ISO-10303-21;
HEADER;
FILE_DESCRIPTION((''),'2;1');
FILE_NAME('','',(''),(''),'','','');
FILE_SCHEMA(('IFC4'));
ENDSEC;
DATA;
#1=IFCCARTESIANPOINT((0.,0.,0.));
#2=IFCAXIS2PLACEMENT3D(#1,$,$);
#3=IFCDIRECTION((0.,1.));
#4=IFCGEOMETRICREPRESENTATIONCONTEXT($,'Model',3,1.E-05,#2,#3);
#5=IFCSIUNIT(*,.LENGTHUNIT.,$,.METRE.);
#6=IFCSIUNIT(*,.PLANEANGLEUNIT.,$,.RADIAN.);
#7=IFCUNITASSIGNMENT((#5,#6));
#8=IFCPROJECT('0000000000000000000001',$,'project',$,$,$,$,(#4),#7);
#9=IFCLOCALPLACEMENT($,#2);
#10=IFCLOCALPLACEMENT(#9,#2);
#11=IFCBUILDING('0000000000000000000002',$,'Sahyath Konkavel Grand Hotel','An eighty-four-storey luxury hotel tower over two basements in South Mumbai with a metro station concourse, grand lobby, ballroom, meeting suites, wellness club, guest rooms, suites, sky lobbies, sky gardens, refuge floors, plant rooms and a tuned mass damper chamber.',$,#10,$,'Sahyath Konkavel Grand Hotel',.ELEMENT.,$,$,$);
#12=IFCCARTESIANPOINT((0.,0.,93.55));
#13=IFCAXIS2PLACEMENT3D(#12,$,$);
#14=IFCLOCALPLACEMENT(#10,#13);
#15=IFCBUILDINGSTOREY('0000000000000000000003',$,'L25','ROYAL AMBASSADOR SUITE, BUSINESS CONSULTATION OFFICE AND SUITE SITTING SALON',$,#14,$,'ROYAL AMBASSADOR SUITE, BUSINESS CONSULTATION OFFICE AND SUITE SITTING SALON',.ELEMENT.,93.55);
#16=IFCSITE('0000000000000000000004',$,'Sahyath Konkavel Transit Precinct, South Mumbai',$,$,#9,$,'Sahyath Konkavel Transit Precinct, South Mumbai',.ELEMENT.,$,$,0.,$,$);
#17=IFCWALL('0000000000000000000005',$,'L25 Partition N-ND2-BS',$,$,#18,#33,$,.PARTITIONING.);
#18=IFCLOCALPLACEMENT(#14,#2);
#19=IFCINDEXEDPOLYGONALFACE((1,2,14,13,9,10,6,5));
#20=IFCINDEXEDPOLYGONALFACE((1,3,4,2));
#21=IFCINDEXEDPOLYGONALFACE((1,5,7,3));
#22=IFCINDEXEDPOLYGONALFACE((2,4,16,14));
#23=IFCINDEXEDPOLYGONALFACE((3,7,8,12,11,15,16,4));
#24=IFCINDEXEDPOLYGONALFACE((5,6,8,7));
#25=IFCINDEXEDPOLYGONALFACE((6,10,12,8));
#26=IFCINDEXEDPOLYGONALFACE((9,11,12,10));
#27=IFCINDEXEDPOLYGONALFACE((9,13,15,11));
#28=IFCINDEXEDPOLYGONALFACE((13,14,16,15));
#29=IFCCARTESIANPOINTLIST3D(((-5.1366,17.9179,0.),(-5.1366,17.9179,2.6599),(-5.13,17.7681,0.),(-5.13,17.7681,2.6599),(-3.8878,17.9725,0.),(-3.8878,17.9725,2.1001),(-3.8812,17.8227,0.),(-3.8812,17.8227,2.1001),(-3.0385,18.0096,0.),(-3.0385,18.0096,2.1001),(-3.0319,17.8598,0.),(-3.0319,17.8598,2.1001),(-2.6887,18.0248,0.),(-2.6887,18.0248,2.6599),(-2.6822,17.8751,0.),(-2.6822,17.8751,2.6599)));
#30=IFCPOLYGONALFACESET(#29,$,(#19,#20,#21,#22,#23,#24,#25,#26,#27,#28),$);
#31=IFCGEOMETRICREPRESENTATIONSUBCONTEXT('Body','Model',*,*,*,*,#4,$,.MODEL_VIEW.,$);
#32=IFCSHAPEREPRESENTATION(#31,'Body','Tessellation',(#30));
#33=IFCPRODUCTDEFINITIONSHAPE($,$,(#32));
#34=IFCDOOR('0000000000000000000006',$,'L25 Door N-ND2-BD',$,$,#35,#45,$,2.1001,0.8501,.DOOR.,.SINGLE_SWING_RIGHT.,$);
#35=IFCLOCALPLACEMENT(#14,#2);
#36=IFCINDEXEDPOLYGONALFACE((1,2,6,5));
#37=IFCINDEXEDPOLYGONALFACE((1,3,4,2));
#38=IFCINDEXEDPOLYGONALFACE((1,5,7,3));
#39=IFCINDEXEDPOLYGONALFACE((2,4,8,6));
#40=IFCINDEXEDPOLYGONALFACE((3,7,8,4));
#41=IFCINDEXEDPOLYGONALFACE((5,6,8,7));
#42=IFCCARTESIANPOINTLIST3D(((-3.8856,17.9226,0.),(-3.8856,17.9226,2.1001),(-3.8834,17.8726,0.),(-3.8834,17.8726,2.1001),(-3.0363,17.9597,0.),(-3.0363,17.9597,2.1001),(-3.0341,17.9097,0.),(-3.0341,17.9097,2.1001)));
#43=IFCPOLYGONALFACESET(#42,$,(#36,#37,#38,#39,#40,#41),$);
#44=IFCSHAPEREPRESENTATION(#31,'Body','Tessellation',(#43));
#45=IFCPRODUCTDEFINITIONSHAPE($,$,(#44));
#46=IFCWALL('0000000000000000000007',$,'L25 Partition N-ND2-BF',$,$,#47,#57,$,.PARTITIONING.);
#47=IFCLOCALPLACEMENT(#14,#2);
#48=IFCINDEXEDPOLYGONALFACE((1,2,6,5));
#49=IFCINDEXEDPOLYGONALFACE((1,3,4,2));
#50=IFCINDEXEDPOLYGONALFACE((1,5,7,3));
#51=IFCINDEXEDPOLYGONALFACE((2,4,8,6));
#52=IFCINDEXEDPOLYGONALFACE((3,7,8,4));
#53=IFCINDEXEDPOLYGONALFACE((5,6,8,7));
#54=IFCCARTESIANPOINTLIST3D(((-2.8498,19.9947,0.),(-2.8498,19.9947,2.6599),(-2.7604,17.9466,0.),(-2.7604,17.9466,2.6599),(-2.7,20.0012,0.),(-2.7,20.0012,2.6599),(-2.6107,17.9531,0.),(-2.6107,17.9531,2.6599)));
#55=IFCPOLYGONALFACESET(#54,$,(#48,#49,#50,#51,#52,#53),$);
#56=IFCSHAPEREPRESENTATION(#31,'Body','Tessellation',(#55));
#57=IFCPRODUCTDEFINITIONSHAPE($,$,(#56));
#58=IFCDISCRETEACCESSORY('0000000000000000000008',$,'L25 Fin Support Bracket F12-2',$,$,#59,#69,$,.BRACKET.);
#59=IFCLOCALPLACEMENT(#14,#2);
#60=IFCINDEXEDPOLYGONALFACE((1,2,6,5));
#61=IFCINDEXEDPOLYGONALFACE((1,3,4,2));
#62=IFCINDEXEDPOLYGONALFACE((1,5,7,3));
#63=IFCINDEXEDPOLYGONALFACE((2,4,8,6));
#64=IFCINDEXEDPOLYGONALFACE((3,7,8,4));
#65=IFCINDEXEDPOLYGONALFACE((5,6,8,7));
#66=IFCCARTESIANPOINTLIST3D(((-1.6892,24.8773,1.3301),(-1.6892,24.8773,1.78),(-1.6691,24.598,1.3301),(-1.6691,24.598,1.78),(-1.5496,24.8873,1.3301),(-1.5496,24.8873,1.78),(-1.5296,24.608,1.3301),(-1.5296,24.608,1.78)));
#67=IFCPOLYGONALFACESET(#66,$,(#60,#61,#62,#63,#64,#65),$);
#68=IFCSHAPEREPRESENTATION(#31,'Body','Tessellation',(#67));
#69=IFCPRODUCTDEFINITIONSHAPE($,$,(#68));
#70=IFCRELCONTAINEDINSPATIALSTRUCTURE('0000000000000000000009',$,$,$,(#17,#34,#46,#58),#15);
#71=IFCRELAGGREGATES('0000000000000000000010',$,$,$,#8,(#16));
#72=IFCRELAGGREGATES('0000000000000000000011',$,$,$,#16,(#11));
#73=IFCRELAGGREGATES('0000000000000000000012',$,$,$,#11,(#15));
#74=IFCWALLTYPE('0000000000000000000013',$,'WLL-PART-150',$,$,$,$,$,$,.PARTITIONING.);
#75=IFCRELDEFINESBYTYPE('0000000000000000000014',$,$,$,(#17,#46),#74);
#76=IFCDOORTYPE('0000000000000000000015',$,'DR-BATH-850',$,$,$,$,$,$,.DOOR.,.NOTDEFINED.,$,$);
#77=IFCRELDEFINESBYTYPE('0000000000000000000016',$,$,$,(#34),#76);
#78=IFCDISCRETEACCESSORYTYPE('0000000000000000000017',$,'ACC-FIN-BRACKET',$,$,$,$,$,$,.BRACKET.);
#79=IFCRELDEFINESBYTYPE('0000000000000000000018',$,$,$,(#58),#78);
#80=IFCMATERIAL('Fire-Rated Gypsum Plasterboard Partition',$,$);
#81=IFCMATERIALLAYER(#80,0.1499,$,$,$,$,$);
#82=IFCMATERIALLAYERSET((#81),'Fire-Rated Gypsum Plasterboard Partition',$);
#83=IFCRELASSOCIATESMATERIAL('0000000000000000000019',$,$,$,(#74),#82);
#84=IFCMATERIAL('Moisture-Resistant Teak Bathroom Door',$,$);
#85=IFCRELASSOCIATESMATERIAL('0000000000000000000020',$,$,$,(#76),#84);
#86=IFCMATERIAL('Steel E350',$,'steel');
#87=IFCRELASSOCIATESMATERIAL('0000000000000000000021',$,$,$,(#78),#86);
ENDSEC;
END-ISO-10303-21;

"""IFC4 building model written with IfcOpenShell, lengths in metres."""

from ifc_helpers import new_model, si_unit, direction, frame, frame_2d, origin, origin_2d, place, context, subcontext, project, spatial, rectangle, extrude, source, transform, mapped, material, layer, layer_set, type_object, element, fill, save


model = new_model("IFC4")

# Units and contexts
model_context = context("Model", 3, precision=1e-05, world=origin(), true_north=direction((0.0, 1.0)))
body_context = subcontext(model_context, "Body", "Model", "MODEL_VIEW")
ifc_project = project(units=[si_unit("LENGTHUNIT", "METRE"), si_unit("PLANEANGLEUNIT", "RADIAN")], contexts=[model_context])

# Site, building, storey
site_placement = place(None, origin())
site = spatial("IfcSite", under=ifc_project, at=site_placement, Name="Sahyath Konkavel Transit Precinct, South Mumbai", LongName="Sahyath Konkavel Transit Precinct, South Mumbai", CompositionType="ELEMENT", RefElevation=0.0)
building_placement = place(site_placement, origin())
building = spatial("IfcBuilding", under=site, at=building_placement, Name="Sahyath Konkavel Grand Hotel", Description="An eighty-four-storey luxury hotel tower over two basements in South Mumbai with a metro station concourse, grand lobby, ballroom, meeting suites, wellness club, guest rooms, suites, sky lobbies, sky gardens, refuge floors, plant rooms and a tuned mass damper chamber.", LongName="Sahyath Konkavel Grand Hotel", CompositionType="ELEMENT")
storey_placement = place(building_placement, frame((0.0, 0.0, 93.55)))
storey = spatial("IfcBuildingStorey", under=building, at=storey_placement, Name="L25", Description="ROYAL AMBASSADOR SUITE, BUSINESS CONSULTATION OFFICE AND SUITE SITTING SALON", LongName="ROYAL AMBASSADOR SUITE, BUSINESS CONSULTATION OFFICE AND SUITE SITTING SALON", CompositionType="ELEMENT", Elevation=93.55)

# Shared definitions
ifc_material_1 = material(Name="Steel E350", Category="steel")

# Wall, opening, door
ifc_material_2 = material(Name="Fire-Rated Gypsum Plasterboard Partition")
ifc_layer_1 = layer(ifc_material_2, 0.1499)
ifc_layer_set_1 = layer_set([ifc_layer_1], Name="Fire-Rated Gypsum Plasterboard Partition")
wall_type_1 = type_object("IfcWallType", Name="WLL-PART-150", PredefinedType="PARTITIONING", material=ifc_layer_set_1)
wall_1_placement = place(storey_placement, frame((-5.1333, 17.843, 0.0), z_axis=(0.0, 0.0, 1.0), x_axis=(0.999047, 0.043645, 0.0)))
wall_1 = element("IfcWall", 1, at=wall_1_placement, inside=storey, type_object=wall_type_1, Name="L25 Partition N-ND2-BS", PredefinedType="PARTITIONING", context=body_context, shape_type="SweptSolid", body=[
    extrude(rectangle(XDim=2.4502, YDim=0.1499, at=frame_2d((1.2251, 0.0))), origin(), (0.0, 0.0, 1.0), 2.6599),
])
opening_placement = place(wall_1_placement, frame((1.25, 0.0, 0.0)))
opening = element("IfcOpeningElement", 2, at=opening_placement, cuts=wall_1, PredefinedType="OPENING", context=body_context, shape_type="SweptSolid", body=[
    extrude(rectangle(XDim=0.8501, YDim=2.1001, at=frame_2d((0.425, 1.05))), frame((0.0, 0.085, 0.0), z_axis=(0.0, -1.0, 0.0), x_axis=(1.0, 0.0, 0.0)), (0.0, 0.0, 1.0), 0.1699),
])
ifc_material_3 = material(Name="Moisture-Resistant Teak Bathroom Door")
door_type = type_object("IfcDoorType", Name="DR-BATH-850", OperationType="NOTDEFINED", PredefinedType="DOOR", material=ifc_material_3)
shared_shape_1 = source(origin(), body_context, "Body", "SweptSolid", [
    extrude(rectangle(XDim=0.8501, YDim=0.05, at=origin_2d()), origin(), (0.0, 0.0, 1.0), 2.1001),
])
door_placement = place(opening_placement, frame((0.425, 0.0, 0.0)))
door = element("IfcDoor", 3, at=door_placement, inside=storey, type_object=door_type, Name="L25 Door N-ND2-BD", OperationType="SINGLE_SWING_RIGHT", OverallHeight=2.1001, OverallWidth=0.8501, PredefinedType="DOOR", context=body_context, shape_type="MappedRepresentation", body=[
    mapped(shared_shape_1, transform((0.0, 0.0, 0.0), scale=1.0)),
])
fill(opening, door)

# Wall
wall_2_placement = place(storey_placement, frame((-2.6855, 17.95, 0.0), z_axis=(0.0, 0.0, 1.0), x_axis=(-0.043587, 0.99905, 0.0)))
element("IfcWall", 4, at=wall_2_placement, inside=storey, type_object=wall_type_1, Name="L25 Partition N-ND2-BF", PredefinedType="PARTITIONING", context=body_context, shape_type="SweptSolid", body=[
    extrude(rectangle(XDim=2.05, YDim=0.1499, at=frame_2d((1.0249, 0.0))), origin(), (0.0, 0.0, 1.0), 2.6599),
])

# Discrete accessory
discrete_accessory_type = type_object("IfcDiscreteAccessoryType", Name="ACC-FIN-BRACKET", PredefinedType="BRACKET", material=ifc_material_1)
shared_shape_2 = source(origin(), body_context, "Body", "SweptSolid", [
    extrude(rectangle(XDim=0.28, YDim=0.1399, at=origin_2d()), origin(), (0.0, 0.0, 1.0), 0.45),
])
discrete_accessory_placement = place(storey_placement, frame((-1.6094, 24.7427, 1.3301), z_axis=(0.0, 0.0, 1.0), x_axis=(-0.071567, 0.997436, 0.0)))
element("IfcDiscreteAccessory", 5, at=discrete_accessory_placement, inside=storey, type_object=discrete_accessory_type, Name="L25 Fin Support Bracket F12-2", PredefinedType="BRACKET", context=body_context, shape_type="MappedRepresentation", body=[
    mapped(shared_shape_2, transform((0.0, 0.0, 0.0), scale=1.0)),
])

save(model, "model.ifc")
